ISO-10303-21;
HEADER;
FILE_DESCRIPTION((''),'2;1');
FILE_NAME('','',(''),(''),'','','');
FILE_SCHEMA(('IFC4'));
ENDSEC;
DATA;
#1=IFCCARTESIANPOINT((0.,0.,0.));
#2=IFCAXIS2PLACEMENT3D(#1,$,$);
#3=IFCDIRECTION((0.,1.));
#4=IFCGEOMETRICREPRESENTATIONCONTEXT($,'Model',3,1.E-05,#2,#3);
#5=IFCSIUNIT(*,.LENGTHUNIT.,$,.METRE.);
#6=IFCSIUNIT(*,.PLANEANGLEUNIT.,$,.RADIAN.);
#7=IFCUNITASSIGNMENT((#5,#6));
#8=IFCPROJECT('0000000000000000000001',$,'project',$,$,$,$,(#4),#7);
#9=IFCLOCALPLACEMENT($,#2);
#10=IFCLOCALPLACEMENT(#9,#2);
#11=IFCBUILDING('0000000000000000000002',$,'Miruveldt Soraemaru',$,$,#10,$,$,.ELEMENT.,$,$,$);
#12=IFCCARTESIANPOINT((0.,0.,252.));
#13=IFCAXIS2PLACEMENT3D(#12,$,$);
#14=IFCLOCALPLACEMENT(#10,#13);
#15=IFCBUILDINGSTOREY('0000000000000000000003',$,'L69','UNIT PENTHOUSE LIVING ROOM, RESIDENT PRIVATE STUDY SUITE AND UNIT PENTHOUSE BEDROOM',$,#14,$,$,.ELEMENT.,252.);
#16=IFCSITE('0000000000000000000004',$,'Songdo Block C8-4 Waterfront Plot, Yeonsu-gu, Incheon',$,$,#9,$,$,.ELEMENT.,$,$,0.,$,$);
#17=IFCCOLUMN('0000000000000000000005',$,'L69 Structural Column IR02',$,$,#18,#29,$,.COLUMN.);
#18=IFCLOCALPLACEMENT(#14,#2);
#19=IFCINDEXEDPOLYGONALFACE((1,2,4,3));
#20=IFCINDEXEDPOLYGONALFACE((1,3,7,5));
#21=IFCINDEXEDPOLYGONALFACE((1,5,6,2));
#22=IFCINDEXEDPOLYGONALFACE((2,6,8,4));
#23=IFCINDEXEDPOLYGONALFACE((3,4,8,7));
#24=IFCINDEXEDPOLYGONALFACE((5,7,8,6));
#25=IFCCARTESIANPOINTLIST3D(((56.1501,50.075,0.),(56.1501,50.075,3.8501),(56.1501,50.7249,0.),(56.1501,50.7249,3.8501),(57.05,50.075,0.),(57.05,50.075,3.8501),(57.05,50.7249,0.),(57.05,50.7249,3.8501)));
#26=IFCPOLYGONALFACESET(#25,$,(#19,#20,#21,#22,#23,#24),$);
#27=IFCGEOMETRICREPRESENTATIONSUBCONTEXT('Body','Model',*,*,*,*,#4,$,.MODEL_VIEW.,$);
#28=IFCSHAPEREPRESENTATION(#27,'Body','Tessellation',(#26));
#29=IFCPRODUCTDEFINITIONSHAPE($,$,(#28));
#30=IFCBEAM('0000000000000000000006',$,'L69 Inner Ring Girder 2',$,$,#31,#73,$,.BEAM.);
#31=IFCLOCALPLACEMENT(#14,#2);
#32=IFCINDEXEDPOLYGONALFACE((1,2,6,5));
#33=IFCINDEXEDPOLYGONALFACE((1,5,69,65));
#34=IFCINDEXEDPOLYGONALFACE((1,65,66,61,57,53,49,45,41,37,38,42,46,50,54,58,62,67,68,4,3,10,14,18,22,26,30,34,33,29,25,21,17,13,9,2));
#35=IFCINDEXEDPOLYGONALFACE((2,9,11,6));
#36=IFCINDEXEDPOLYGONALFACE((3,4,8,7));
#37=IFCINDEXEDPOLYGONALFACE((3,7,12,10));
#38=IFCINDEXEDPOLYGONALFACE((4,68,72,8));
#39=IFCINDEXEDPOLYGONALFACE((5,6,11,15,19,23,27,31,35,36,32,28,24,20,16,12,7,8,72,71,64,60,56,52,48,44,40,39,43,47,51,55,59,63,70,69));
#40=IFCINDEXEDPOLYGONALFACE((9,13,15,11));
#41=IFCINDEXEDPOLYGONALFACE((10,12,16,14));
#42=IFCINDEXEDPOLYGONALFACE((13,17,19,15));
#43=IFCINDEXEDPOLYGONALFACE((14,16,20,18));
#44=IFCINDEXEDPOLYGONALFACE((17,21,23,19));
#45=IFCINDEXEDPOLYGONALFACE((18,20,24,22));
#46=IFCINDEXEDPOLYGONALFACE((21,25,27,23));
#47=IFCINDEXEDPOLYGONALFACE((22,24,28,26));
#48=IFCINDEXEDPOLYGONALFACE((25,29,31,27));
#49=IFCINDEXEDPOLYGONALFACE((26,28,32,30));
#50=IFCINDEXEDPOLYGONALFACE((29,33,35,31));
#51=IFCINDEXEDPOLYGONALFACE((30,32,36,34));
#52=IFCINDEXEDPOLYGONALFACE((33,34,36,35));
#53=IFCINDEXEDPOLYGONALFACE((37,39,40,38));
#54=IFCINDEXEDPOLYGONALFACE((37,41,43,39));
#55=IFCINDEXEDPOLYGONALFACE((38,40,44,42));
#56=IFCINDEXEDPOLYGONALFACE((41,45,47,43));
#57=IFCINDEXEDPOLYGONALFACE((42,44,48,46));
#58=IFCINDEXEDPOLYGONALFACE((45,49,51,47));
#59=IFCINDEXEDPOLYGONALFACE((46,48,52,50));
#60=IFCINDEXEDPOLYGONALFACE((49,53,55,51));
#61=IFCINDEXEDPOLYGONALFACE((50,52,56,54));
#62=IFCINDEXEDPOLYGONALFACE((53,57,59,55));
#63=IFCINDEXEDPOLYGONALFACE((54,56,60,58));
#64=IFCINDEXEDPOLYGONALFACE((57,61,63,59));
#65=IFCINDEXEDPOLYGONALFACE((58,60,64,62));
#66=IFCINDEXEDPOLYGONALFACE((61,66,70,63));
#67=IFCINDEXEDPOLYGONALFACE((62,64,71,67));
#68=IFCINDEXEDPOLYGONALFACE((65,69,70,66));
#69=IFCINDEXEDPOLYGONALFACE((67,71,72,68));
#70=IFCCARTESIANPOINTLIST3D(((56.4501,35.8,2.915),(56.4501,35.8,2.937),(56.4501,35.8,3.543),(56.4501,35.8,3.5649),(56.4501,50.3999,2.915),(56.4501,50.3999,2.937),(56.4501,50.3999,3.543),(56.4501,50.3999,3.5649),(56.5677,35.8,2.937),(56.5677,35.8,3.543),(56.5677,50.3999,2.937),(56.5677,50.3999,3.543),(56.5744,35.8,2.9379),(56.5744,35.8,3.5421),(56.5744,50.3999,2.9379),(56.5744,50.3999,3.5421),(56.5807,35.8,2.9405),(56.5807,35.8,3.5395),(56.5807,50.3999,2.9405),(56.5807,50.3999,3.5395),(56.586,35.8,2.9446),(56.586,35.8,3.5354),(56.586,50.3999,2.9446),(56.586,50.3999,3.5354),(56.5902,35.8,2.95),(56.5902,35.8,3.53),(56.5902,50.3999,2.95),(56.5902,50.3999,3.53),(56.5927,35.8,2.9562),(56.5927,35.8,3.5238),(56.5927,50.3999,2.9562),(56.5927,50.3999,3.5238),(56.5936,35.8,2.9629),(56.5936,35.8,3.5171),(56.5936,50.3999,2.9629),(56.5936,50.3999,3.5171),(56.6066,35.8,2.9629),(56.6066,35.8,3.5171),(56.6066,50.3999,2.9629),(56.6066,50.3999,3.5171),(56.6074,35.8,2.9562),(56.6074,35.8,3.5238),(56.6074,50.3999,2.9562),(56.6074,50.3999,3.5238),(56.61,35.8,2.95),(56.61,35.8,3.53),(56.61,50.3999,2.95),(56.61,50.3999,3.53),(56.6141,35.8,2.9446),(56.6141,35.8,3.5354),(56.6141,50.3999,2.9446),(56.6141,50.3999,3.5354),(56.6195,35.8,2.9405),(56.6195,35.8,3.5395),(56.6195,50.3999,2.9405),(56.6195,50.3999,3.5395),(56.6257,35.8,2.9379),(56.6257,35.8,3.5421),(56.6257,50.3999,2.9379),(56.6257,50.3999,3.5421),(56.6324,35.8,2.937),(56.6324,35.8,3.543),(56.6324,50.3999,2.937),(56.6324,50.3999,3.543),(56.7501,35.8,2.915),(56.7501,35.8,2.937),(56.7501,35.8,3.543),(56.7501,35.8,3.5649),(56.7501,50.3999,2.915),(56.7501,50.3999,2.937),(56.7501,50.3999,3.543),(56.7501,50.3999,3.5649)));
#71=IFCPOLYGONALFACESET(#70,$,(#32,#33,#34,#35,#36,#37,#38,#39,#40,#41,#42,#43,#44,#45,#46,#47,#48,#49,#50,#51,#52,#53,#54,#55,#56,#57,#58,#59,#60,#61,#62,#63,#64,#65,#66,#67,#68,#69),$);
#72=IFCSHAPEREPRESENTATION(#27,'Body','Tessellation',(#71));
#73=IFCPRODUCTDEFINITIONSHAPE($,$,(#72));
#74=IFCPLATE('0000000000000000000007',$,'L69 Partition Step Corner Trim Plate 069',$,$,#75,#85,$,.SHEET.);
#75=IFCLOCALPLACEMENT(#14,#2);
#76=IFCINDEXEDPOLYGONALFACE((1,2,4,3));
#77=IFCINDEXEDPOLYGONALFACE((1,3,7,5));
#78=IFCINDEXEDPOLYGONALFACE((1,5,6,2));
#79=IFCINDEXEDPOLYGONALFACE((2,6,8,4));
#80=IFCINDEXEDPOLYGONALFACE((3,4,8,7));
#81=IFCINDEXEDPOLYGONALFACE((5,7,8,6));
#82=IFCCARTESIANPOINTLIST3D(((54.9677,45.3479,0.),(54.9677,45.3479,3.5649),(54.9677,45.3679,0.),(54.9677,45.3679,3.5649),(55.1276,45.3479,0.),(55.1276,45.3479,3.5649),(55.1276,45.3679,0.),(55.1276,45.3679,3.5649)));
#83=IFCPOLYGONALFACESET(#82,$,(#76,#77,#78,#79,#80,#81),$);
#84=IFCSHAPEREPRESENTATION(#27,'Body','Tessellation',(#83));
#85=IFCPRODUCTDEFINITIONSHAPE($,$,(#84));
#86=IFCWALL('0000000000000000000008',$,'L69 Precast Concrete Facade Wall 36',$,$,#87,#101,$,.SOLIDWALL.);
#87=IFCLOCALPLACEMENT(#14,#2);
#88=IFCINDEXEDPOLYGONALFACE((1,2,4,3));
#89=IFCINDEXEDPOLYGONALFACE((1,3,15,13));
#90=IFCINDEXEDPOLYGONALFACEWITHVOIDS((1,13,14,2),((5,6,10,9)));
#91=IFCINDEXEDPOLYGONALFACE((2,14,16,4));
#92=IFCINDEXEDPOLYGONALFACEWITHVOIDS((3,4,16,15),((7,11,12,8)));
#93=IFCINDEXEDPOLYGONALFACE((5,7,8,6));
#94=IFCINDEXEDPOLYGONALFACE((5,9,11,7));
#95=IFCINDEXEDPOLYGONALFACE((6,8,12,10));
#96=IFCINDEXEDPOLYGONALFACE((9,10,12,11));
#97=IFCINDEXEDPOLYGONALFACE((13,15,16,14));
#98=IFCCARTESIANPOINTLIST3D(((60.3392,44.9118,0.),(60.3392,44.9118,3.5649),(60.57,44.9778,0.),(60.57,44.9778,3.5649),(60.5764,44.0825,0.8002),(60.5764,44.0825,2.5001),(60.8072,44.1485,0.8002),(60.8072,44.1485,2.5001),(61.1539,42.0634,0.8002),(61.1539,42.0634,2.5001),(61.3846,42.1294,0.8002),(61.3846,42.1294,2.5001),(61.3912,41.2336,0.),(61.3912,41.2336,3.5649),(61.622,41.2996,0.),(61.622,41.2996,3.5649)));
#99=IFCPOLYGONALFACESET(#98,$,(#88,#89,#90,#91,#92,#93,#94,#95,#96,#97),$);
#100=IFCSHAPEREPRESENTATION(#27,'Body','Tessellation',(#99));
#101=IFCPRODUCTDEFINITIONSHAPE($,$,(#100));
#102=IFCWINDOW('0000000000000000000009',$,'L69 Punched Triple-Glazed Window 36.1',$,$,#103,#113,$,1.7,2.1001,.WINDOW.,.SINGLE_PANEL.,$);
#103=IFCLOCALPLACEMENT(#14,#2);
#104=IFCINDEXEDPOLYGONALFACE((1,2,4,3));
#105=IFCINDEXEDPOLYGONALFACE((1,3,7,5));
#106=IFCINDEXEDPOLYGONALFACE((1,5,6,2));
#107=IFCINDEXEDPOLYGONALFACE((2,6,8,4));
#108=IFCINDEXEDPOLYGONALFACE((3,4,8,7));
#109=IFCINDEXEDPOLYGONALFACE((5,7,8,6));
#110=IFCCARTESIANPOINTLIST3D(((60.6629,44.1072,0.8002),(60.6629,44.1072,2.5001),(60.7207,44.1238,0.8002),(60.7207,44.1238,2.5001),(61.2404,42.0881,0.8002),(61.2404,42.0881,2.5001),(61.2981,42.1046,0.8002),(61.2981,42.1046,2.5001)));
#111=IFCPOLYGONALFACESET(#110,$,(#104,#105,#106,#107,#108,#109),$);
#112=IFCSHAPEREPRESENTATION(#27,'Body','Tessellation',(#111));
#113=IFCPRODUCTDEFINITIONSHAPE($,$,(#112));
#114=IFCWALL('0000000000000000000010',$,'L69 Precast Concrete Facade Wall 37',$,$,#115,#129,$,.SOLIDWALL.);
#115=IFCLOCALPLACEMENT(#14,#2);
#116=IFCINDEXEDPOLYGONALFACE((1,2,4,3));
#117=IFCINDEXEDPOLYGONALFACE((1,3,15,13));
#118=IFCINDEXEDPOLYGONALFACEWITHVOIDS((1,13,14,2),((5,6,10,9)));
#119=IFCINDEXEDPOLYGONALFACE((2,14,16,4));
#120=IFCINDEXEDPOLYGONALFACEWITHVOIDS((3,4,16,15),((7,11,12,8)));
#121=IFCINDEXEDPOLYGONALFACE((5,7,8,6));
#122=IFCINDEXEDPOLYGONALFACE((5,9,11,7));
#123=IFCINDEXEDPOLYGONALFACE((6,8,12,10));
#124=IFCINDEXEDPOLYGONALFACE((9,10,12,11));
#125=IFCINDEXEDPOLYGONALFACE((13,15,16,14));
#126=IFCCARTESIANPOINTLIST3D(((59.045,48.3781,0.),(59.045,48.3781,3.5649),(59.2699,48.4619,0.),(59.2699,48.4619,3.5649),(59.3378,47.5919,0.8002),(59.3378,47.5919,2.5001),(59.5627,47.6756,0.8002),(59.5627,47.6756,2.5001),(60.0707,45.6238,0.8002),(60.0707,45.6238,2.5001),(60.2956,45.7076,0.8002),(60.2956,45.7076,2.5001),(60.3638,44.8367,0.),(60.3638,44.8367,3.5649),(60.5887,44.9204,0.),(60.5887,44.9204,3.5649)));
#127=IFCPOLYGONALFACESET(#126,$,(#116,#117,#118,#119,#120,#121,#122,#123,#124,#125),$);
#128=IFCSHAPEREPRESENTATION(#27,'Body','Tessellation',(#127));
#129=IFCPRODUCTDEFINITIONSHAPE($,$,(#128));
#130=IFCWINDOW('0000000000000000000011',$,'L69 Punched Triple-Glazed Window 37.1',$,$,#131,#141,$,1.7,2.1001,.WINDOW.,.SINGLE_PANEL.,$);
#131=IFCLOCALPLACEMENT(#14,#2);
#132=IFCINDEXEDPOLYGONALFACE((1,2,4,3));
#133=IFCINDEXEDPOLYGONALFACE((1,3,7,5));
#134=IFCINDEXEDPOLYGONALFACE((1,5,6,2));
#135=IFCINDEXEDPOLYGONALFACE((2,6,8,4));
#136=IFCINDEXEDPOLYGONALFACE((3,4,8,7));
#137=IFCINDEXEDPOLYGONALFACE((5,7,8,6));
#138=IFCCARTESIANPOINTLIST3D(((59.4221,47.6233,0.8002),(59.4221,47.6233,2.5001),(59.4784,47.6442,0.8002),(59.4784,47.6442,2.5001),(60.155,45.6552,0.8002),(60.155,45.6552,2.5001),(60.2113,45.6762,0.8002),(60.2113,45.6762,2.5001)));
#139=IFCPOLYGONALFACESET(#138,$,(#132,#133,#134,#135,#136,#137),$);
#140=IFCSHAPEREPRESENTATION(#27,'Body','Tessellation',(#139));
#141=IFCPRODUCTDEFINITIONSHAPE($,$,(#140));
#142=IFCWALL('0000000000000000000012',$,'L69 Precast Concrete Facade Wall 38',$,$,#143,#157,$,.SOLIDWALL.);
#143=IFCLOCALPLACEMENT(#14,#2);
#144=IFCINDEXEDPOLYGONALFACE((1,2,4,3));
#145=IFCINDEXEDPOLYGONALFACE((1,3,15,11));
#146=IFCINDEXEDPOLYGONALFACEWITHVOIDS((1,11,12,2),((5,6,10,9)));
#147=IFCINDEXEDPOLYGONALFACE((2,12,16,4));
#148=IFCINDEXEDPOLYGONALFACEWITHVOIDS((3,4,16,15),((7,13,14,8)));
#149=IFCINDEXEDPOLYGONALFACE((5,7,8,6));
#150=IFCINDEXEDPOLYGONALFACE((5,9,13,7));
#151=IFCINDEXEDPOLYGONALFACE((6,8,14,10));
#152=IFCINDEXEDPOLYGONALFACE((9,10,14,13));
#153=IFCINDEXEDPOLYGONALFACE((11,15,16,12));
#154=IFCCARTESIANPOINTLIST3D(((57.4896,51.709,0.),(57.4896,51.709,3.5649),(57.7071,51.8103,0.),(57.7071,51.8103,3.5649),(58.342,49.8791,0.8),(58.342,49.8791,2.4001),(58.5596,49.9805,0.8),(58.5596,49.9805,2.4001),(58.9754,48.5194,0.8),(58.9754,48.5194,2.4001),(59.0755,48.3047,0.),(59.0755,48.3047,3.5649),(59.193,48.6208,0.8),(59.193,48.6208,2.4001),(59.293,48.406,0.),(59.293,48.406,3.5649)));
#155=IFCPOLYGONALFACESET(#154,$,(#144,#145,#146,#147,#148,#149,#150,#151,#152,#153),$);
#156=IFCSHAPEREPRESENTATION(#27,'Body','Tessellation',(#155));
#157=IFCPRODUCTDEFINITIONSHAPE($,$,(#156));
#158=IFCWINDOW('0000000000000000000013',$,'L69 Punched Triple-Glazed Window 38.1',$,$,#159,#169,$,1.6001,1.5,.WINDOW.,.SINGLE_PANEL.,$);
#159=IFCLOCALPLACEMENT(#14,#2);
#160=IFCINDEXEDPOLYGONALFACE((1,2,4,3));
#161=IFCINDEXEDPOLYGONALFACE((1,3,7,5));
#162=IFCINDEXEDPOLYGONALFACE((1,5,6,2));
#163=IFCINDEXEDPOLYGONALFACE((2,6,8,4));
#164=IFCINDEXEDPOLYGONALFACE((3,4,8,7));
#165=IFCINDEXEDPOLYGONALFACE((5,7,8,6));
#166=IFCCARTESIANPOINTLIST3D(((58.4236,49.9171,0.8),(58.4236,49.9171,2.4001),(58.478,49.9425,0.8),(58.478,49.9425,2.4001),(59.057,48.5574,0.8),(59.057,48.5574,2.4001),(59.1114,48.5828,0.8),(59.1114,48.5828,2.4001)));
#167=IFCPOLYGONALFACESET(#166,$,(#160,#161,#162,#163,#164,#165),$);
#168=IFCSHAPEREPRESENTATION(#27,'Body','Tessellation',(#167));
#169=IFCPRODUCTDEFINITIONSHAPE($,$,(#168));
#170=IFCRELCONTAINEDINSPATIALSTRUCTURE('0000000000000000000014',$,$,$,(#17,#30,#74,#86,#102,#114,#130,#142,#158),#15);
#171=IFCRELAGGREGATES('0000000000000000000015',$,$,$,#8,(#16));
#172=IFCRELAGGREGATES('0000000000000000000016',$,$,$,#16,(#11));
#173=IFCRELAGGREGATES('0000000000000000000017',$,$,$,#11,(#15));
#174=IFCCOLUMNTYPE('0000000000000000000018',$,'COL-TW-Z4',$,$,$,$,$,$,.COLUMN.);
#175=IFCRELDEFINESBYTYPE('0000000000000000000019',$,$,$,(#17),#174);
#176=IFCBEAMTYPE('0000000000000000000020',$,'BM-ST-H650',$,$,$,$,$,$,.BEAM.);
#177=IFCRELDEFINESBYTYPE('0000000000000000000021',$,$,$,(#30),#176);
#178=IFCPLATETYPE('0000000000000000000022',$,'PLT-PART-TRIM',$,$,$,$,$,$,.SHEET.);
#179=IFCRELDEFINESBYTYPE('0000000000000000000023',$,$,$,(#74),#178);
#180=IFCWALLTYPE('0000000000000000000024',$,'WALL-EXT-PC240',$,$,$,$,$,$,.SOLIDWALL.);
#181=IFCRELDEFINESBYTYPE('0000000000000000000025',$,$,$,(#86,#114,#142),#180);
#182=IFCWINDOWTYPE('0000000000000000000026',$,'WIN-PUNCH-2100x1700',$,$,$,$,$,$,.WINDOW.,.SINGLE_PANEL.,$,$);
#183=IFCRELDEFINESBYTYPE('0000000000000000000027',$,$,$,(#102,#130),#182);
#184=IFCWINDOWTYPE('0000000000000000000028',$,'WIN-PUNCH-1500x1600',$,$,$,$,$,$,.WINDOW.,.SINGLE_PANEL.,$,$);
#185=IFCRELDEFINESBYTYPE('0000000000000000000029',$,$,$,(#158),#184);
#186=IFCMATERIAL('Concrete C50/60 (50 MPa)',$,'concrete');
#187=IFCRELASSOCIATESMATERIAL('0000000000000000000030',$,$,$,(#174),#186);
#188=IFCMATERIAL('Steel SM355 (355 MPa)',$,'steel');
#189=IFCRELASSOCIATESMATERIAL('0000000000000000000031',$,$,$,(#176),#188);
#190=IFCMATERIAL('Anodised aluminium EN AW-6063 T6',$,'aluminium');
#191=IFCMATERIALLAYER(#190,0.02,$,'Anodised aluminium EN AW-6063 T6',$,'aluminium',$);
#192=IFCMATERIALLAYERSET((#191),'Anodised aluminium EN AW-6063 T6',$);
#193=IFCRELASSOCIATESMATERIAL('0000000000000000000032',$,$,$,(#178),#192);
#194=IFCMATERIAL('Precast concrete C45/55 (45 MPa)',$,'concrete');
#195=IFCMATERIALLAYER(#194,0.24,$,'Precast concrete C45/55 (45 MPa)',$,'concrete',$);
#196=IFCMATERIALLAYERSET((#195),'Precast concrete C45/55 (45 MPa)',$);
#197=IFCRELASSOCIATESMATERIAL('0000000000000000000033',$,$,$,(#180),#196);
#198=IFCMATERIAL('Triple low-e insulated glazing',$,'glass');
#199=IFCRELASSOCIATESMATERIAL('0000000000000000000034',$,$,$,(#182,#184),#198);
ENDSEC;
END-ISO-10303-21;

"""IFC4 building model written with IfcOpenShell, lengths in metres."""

from ifc_helpers import new_model, si_unit, direction, frame, frame_2d, origin, origin_2d, place, context, subcontext, project, spatial, rectangle, i_section, extrude, material, layer, layer_set, material_profile, profile_set, type_object, element, fill, save


model = new_model("IFC4")

# Units and contexts
model_context = context("Model", 3, precision=1e-05, world=origin(), true_north=direction((0.0, 1.0)))
body_context = subcontext(model_context, "Body", "Model", "MODEL_VIEW")
ifc_project = project(units=[si_unit("LENGTHUNIT", "METRE"), si_unit("PLANEANGLEUNIT", "RADIAN")], contexts=[model_context])

# Site, building, storey
site_placement = place(None, origin())
site = spatial("IfcSite", under=ifc_project, at=site_placement, Name="Songdo Block C8-4 Waterfront Plot, Yeonsu-gu, Incheon", CompositionType="ELEMENT", RefElevation=0.0)
building_placement = place(site_placement, origin())
building = spatial("IfcBuilding", under=site, at=building_placement, Name="Miruveldt Soraemaru", CompositionType="ELEMENT")
storey_placement = place(building_placement, frame((0.0, 0.0, 252.0)))
storey = spatial("IfcBuildingStorey", under=building, at=storey_placement, Name="L69", Description="UNIT PENTHOUSE LIVING ROOM, RESIDENT PRIVATE STUDY SUITE AND UNIT PENTHOUSE BEDROOM", CompositionType="ELEMENT", Elevation=252.0)

# Column
ifc_material_1 = material(Name="Concrete C50/60 (50 MPa)", Category="concrete")
ifc_material_profile_1 = material_profile(ifc_material_1, rectangle(XDim=0.8999, YDim=0.6499, at=origin_2d()), Name="Concrete C50/60 (50 MPa)", Category="concrete")
ifc_profile_set_1 = profile_set([ifc_material_profile_1], Name="Concrete C50/60 (50 MPa)")
column_type = type_object("IfcColumnType", Name="COL-TW-Z4", PredefinedType="COLUMN", material=ifc_profile_set_1)
column_placement = place(storey_placement, frame((56.6001, 50.3999, 0.0), z_axis=(0.0, 0.0, 1.0), x_axis=(1.0, 0.0, 0.0)))
element("IfcColumn", 1, at=column_placement, inside=storey, type_object=column_type, Name="L69 Structural Column IR02", PredefinedType="COLUMN", context=body_context, shape_type="SweptSolid", body=[
    extrude(rectangle(XDim=0.8999, YDim=0.6499, at=origin_2d()), origin(), (0.0, 0.0, 1.0), 3.8501),
])

# Beam
ifc_material_2 = material(Name="Steel SM355 (355 MPa)", Category="steel")
ifc_material_profile_2 = material_profile(ifc_material_2, i_section(OverallWidth=0.3, OverallDepth=0.6499, WebThickness=0.0129, FlangeThickness=0.022, FilletRadius=0.0259, at=origin_2d()), Name="Steel SM355 (355 MPa)", Category="steel")
ifc_profile_set_2 = profile_set([ifc_material_profile_2], Name="Steel SM355 (355 MPa)")
beam_type = type_object("IfcBeamType", Name="BM-ST-H650", PredefinedType="BEAM", material=ifc_profile_set_2)
beam_placement = place(storey_placement, frame((56.6001, 50.3999, 3.24), z_axis=(0.0, -1.0, 0.0), x_axis=(1.0, 0.0, 0.0)))
element("IfcBeam", 2, at=beam_placement, inside=storey, type_object=beam_type, Name="L69 Inner Ring Girder 2", PredefinedType="BEAM", context=body_context, shape_type="SweptSolid", body=[
    extrude(i_section(OverallWidth=0.3, OverallDepth=0.6499, WebThickness=0.0129, FlangeThickness=0.022, FilletRadius=0.0259, at=origin_2d()), origin(), (0.0, 0.0, 1.0), 14.5999),
])

# Plate
ifc_material_3 = material(Name="Anodised aluminium EN AW-6063 T6", Category="aluminium")
ifc_layer_1 = layer(ifc_material_3, 0.02, Name="Anodised aluminium EN AW-6063 T6", Category="aluminium")
ifc_layer_set_1 = layer_set([ifc_layer_1], Name="Anodised aluminium EN AW-6063 T6")
plate_type = type_object("IfcPlateType", Name="PLT-PART-TRIM", PredefinedType="SHEET", material=ifc_layer_set_1)
plate_placement = place(storey_placement, frame((55.0476, 45.3579, 0.0), z_axis=(0.0, 0.0, 1.0), x_axis=(-1.0, 0.0, 0.0)))
element("IfcPlate", 3, at=plate_placement, inside=storey, type_object=plate_type, Name="L69 Partition Step Corner Trim Plate 069", PredefinedType="SHEET", context=body_context, shape_type="SweptSolid", body=[
    extrude(rectangle(XDim=0.1599, YDim=0.02, at=origin_2d()), origin(), (0.0, 0.0, 1.0), 3.5649),
])

# Walls, openings, windows
ifc_material_4 = material(Name="Precast concrete C45/55 (45 MPa)", Category="concrete")
ifc_layer_2 = layer(ifc_material_4, 0.24, Name="Precast concrete C45/55 (45 MPa)", Category="concrete")
ifc_layer_set_2 = layer_set([ifc_layer_2], Name="Precast concrete C45/55 (45 MPa)")
wall_type_1 = type_object("IfcWallType", Name="WALL-EXT-PC240", PredefinedType="SOLIDWALL", material=ifc_layer_set_2)
wall_1_placement = place(storey_placement, frame((61.5066, 41.2666, 0.0), z_axis=(0.0, 0.0, 1.0), x_axis=(-0.274982, 0.961449, 0.0)))
wall_1 = element("IfcWall", 4, at=wall_1_placement, inside=storey, type_object=wall_type_1, Name="L69 Precast Concrete Facade Wall 36", PredefinedType="SOLIDWALL", context=body_context, shape_type="SweptSolid", body=[
    extrude(rectangle(XDim=3.8257, YDim=0.24, at=frame_2d((1.9128, 0.0))), origin(), (0.0, 0.0, 1.0), 3.5649),
])
opening_1_placement = place(wall_1_placement, frame((0.863, 0.0, 0.8)))
opening_1 = element("IfcOpeningElement", 5, at=opening_1_placement, cuts=wall_1, PredefinedType="OPENING", context=body_context, shape_type="SweptSolid", body=[
    extrude(rectangle(XDim=2.1001, YDim=1.7, at=frame_2d((1.05, 0.8501))), frame((0.0, 0.1299, 0.0), z_axis=(0.0, -1.0, 0.0), x_axis=(1.0, 0.0, 0.0)), (0.0, 0.0, 1.0), 0.26),
])
ifc_material_5 = material(Name="Triple low-e insulated glazing", Category="glass")
window_type_1 = type_object("IfcWindowType", Name="WIN-PUNCH-2100x1700", PartitioningType="SINGLE_PANEL", PredefinedType="WINDOW", material=ifc_material_5)
window_1_placement = place(opening_1_placement, origin())
window_1 = element("IfcWindow", 6, at=window_1_placement, inside=storey, type_object=window_type_1, Name="L69 Punched Triple-Glazed Window 36.1", OverallHeight=1.7, OverallWidth=2.1001, PartitioningType="SINGLE_PANEL", PredefinedType="WINDOW", context=body_context, shape_type="SweptSolid", body=[
    extrude(rectangle(XDim=2.1001, YDim=1.7, at=frame_2d((1.05, 0.8501))), frame((0.0, 0.03, 0.0), z_axis=(0.0, -1.0, 0.0), x_axis=(1.0, 0.0, 0.0)), (0.0, 0.0, 1.0), 0.0601),
])
fill(opening_1, window_1)
wall_2_placement = place(storey_placement, frame((60.4763, 44.8784, 0.0), z_axis=(0.0, 0.0, 1.0), x_axis=(-0.348984, 0.937129, 0.0)))
wall_2 = element("IfcWall", 7, at=wall_2_placement, inside=storey, type_object=wall_type_1, Name="L69 Precast Concrete Facade Wall 37", PredefinedType="SOLIDWALL", context=body_context, shape_type="SweptSolid", body=[
    extrude(rectangle(XDim=3.7791, YDim=0.24, at=frame_2d((1.8896, 0.0))), origin(), (0.0, 0.0, 1.0), 3.5649),
])
opening_2_placement = place(wall_2_placement, frame((0.8401, 0.0, 0.8)))
opening_2 = element("IfcOpeningElement", 8, at=opening_2_placement, cuts=wall_2, PredefinedType="OPENING", context=body_context, shape_type="SweptSolid", body=[
    extrude(rectangle(XDim=2.1001, YDim=1.7, at=frame_2d((1.05, 0.8501))), frame((0.0, 0.1299, 0.0), z_axis=(0.0, -1.0, 0.0), x_axis=(1.0, 0.0, 0.0)), (0.0, 0.0, 1.0), 0.26),
])
window_2_placement = place(opening_2_placement, origin())
window_2 = element("IfcWindow", 9, at=window_2_placement, inside=storey, type_object=window_type_1, Name="L69 Punched Triple-Glazed Window 37.1", OverallHeight=1.7, OverallWidth=2.1001, PartitioningType="SINGLE_PANEL", PredefinedType="WINDOW", context=body_context, shape_type="SweptSolid", body=[
    extrude(rectangle(XDim=2.1001, YDim=1.7, at=frame_2d((1.05, 0.8501))), frame((0.0, 0.03, 0.0), z_axis=(0.0, -1.0, 0.0), x_axis=(1.0, 0.0, 0.0)), (0.0, 0.0, 1.0), 0.0601),
])
fill(opening_2, window_2)
wall_3_placement = place(storey_placement, frame((59.1843, 48.3552, 0.0), z_axis=(0.0, 0.0, 1.0), x_axis=(-0.422287, 0.906462, 0.0)))
wall_3 = element("IfcWall", 10, at=wall_3_placement, inside=storey, type_object=wall_type_1, Name="L69 Precast Concrete Facade Wall 38", PredefinedType="SOLIDWALL", context=body_context, shape_type="SweptSolid", body=[
    extrude(rectangle(XDim=3.7556, YDim=0.24, at=frame_2d((1.8779, 0.0))), origin(), (0.0, 0.0, 1.0), 3.5649),
])
opening_3_placement = place(wall_3_placement, frame((0.2371, 0.0, 0.8)))
opening_3 = element("IfcOpeningElement", 11, at=opening_3_placement, cuts=wall_3, PredefinedType="OPENING", context=body_context, shape_type="SweptSolid", body=[
    extrude(rectangle(XDim=1.5, YDim=1.6001, at=frame_2d((0.75, 0.8))), frame((0.0, 0.1299, 0.0), z_axis=(0.0, -1.0, 0.0), x_axis=(1.0, 0.0, 0.0)), (0.0, 0.0, 1.0), 0.26),
])
window_type_2 = type_object("IfcWindowType", Name="WIN-PUNCH-1500x1600", PartitioningType="SINGLE_PANEL", PredefinedType="WINDOW", material=ifc_material_5)
window_3_placement = place(opening_3_placement, origin())
window_3 = element("IfcWindow", 12, at=window_3_placement, inside=storey, type_object=window_type_2, Name="L69 Punched Triple-Glazed Window 38.1", OverallHeight=1.6001, OverallWidth=1.5, PartitioningType="SINGLE_PANEL", PredefinedType="WINDOW", context=body_context, shape_type="SweptSolid", body=[
    extrude(rectangle(XDim=1.5, YDim=1.6001, at=frame_2d((0.75, 0.8))), frame((0.0, 0.03, 0.0), z_axis=(0.0, -1.0, 0.0), x_axis=(1.0, 0.0, 0.0)), (0.0, 0.0, 1.0), 0.0601),
])
fill(opening_3, window_3)

save(model, "model.ifc")
